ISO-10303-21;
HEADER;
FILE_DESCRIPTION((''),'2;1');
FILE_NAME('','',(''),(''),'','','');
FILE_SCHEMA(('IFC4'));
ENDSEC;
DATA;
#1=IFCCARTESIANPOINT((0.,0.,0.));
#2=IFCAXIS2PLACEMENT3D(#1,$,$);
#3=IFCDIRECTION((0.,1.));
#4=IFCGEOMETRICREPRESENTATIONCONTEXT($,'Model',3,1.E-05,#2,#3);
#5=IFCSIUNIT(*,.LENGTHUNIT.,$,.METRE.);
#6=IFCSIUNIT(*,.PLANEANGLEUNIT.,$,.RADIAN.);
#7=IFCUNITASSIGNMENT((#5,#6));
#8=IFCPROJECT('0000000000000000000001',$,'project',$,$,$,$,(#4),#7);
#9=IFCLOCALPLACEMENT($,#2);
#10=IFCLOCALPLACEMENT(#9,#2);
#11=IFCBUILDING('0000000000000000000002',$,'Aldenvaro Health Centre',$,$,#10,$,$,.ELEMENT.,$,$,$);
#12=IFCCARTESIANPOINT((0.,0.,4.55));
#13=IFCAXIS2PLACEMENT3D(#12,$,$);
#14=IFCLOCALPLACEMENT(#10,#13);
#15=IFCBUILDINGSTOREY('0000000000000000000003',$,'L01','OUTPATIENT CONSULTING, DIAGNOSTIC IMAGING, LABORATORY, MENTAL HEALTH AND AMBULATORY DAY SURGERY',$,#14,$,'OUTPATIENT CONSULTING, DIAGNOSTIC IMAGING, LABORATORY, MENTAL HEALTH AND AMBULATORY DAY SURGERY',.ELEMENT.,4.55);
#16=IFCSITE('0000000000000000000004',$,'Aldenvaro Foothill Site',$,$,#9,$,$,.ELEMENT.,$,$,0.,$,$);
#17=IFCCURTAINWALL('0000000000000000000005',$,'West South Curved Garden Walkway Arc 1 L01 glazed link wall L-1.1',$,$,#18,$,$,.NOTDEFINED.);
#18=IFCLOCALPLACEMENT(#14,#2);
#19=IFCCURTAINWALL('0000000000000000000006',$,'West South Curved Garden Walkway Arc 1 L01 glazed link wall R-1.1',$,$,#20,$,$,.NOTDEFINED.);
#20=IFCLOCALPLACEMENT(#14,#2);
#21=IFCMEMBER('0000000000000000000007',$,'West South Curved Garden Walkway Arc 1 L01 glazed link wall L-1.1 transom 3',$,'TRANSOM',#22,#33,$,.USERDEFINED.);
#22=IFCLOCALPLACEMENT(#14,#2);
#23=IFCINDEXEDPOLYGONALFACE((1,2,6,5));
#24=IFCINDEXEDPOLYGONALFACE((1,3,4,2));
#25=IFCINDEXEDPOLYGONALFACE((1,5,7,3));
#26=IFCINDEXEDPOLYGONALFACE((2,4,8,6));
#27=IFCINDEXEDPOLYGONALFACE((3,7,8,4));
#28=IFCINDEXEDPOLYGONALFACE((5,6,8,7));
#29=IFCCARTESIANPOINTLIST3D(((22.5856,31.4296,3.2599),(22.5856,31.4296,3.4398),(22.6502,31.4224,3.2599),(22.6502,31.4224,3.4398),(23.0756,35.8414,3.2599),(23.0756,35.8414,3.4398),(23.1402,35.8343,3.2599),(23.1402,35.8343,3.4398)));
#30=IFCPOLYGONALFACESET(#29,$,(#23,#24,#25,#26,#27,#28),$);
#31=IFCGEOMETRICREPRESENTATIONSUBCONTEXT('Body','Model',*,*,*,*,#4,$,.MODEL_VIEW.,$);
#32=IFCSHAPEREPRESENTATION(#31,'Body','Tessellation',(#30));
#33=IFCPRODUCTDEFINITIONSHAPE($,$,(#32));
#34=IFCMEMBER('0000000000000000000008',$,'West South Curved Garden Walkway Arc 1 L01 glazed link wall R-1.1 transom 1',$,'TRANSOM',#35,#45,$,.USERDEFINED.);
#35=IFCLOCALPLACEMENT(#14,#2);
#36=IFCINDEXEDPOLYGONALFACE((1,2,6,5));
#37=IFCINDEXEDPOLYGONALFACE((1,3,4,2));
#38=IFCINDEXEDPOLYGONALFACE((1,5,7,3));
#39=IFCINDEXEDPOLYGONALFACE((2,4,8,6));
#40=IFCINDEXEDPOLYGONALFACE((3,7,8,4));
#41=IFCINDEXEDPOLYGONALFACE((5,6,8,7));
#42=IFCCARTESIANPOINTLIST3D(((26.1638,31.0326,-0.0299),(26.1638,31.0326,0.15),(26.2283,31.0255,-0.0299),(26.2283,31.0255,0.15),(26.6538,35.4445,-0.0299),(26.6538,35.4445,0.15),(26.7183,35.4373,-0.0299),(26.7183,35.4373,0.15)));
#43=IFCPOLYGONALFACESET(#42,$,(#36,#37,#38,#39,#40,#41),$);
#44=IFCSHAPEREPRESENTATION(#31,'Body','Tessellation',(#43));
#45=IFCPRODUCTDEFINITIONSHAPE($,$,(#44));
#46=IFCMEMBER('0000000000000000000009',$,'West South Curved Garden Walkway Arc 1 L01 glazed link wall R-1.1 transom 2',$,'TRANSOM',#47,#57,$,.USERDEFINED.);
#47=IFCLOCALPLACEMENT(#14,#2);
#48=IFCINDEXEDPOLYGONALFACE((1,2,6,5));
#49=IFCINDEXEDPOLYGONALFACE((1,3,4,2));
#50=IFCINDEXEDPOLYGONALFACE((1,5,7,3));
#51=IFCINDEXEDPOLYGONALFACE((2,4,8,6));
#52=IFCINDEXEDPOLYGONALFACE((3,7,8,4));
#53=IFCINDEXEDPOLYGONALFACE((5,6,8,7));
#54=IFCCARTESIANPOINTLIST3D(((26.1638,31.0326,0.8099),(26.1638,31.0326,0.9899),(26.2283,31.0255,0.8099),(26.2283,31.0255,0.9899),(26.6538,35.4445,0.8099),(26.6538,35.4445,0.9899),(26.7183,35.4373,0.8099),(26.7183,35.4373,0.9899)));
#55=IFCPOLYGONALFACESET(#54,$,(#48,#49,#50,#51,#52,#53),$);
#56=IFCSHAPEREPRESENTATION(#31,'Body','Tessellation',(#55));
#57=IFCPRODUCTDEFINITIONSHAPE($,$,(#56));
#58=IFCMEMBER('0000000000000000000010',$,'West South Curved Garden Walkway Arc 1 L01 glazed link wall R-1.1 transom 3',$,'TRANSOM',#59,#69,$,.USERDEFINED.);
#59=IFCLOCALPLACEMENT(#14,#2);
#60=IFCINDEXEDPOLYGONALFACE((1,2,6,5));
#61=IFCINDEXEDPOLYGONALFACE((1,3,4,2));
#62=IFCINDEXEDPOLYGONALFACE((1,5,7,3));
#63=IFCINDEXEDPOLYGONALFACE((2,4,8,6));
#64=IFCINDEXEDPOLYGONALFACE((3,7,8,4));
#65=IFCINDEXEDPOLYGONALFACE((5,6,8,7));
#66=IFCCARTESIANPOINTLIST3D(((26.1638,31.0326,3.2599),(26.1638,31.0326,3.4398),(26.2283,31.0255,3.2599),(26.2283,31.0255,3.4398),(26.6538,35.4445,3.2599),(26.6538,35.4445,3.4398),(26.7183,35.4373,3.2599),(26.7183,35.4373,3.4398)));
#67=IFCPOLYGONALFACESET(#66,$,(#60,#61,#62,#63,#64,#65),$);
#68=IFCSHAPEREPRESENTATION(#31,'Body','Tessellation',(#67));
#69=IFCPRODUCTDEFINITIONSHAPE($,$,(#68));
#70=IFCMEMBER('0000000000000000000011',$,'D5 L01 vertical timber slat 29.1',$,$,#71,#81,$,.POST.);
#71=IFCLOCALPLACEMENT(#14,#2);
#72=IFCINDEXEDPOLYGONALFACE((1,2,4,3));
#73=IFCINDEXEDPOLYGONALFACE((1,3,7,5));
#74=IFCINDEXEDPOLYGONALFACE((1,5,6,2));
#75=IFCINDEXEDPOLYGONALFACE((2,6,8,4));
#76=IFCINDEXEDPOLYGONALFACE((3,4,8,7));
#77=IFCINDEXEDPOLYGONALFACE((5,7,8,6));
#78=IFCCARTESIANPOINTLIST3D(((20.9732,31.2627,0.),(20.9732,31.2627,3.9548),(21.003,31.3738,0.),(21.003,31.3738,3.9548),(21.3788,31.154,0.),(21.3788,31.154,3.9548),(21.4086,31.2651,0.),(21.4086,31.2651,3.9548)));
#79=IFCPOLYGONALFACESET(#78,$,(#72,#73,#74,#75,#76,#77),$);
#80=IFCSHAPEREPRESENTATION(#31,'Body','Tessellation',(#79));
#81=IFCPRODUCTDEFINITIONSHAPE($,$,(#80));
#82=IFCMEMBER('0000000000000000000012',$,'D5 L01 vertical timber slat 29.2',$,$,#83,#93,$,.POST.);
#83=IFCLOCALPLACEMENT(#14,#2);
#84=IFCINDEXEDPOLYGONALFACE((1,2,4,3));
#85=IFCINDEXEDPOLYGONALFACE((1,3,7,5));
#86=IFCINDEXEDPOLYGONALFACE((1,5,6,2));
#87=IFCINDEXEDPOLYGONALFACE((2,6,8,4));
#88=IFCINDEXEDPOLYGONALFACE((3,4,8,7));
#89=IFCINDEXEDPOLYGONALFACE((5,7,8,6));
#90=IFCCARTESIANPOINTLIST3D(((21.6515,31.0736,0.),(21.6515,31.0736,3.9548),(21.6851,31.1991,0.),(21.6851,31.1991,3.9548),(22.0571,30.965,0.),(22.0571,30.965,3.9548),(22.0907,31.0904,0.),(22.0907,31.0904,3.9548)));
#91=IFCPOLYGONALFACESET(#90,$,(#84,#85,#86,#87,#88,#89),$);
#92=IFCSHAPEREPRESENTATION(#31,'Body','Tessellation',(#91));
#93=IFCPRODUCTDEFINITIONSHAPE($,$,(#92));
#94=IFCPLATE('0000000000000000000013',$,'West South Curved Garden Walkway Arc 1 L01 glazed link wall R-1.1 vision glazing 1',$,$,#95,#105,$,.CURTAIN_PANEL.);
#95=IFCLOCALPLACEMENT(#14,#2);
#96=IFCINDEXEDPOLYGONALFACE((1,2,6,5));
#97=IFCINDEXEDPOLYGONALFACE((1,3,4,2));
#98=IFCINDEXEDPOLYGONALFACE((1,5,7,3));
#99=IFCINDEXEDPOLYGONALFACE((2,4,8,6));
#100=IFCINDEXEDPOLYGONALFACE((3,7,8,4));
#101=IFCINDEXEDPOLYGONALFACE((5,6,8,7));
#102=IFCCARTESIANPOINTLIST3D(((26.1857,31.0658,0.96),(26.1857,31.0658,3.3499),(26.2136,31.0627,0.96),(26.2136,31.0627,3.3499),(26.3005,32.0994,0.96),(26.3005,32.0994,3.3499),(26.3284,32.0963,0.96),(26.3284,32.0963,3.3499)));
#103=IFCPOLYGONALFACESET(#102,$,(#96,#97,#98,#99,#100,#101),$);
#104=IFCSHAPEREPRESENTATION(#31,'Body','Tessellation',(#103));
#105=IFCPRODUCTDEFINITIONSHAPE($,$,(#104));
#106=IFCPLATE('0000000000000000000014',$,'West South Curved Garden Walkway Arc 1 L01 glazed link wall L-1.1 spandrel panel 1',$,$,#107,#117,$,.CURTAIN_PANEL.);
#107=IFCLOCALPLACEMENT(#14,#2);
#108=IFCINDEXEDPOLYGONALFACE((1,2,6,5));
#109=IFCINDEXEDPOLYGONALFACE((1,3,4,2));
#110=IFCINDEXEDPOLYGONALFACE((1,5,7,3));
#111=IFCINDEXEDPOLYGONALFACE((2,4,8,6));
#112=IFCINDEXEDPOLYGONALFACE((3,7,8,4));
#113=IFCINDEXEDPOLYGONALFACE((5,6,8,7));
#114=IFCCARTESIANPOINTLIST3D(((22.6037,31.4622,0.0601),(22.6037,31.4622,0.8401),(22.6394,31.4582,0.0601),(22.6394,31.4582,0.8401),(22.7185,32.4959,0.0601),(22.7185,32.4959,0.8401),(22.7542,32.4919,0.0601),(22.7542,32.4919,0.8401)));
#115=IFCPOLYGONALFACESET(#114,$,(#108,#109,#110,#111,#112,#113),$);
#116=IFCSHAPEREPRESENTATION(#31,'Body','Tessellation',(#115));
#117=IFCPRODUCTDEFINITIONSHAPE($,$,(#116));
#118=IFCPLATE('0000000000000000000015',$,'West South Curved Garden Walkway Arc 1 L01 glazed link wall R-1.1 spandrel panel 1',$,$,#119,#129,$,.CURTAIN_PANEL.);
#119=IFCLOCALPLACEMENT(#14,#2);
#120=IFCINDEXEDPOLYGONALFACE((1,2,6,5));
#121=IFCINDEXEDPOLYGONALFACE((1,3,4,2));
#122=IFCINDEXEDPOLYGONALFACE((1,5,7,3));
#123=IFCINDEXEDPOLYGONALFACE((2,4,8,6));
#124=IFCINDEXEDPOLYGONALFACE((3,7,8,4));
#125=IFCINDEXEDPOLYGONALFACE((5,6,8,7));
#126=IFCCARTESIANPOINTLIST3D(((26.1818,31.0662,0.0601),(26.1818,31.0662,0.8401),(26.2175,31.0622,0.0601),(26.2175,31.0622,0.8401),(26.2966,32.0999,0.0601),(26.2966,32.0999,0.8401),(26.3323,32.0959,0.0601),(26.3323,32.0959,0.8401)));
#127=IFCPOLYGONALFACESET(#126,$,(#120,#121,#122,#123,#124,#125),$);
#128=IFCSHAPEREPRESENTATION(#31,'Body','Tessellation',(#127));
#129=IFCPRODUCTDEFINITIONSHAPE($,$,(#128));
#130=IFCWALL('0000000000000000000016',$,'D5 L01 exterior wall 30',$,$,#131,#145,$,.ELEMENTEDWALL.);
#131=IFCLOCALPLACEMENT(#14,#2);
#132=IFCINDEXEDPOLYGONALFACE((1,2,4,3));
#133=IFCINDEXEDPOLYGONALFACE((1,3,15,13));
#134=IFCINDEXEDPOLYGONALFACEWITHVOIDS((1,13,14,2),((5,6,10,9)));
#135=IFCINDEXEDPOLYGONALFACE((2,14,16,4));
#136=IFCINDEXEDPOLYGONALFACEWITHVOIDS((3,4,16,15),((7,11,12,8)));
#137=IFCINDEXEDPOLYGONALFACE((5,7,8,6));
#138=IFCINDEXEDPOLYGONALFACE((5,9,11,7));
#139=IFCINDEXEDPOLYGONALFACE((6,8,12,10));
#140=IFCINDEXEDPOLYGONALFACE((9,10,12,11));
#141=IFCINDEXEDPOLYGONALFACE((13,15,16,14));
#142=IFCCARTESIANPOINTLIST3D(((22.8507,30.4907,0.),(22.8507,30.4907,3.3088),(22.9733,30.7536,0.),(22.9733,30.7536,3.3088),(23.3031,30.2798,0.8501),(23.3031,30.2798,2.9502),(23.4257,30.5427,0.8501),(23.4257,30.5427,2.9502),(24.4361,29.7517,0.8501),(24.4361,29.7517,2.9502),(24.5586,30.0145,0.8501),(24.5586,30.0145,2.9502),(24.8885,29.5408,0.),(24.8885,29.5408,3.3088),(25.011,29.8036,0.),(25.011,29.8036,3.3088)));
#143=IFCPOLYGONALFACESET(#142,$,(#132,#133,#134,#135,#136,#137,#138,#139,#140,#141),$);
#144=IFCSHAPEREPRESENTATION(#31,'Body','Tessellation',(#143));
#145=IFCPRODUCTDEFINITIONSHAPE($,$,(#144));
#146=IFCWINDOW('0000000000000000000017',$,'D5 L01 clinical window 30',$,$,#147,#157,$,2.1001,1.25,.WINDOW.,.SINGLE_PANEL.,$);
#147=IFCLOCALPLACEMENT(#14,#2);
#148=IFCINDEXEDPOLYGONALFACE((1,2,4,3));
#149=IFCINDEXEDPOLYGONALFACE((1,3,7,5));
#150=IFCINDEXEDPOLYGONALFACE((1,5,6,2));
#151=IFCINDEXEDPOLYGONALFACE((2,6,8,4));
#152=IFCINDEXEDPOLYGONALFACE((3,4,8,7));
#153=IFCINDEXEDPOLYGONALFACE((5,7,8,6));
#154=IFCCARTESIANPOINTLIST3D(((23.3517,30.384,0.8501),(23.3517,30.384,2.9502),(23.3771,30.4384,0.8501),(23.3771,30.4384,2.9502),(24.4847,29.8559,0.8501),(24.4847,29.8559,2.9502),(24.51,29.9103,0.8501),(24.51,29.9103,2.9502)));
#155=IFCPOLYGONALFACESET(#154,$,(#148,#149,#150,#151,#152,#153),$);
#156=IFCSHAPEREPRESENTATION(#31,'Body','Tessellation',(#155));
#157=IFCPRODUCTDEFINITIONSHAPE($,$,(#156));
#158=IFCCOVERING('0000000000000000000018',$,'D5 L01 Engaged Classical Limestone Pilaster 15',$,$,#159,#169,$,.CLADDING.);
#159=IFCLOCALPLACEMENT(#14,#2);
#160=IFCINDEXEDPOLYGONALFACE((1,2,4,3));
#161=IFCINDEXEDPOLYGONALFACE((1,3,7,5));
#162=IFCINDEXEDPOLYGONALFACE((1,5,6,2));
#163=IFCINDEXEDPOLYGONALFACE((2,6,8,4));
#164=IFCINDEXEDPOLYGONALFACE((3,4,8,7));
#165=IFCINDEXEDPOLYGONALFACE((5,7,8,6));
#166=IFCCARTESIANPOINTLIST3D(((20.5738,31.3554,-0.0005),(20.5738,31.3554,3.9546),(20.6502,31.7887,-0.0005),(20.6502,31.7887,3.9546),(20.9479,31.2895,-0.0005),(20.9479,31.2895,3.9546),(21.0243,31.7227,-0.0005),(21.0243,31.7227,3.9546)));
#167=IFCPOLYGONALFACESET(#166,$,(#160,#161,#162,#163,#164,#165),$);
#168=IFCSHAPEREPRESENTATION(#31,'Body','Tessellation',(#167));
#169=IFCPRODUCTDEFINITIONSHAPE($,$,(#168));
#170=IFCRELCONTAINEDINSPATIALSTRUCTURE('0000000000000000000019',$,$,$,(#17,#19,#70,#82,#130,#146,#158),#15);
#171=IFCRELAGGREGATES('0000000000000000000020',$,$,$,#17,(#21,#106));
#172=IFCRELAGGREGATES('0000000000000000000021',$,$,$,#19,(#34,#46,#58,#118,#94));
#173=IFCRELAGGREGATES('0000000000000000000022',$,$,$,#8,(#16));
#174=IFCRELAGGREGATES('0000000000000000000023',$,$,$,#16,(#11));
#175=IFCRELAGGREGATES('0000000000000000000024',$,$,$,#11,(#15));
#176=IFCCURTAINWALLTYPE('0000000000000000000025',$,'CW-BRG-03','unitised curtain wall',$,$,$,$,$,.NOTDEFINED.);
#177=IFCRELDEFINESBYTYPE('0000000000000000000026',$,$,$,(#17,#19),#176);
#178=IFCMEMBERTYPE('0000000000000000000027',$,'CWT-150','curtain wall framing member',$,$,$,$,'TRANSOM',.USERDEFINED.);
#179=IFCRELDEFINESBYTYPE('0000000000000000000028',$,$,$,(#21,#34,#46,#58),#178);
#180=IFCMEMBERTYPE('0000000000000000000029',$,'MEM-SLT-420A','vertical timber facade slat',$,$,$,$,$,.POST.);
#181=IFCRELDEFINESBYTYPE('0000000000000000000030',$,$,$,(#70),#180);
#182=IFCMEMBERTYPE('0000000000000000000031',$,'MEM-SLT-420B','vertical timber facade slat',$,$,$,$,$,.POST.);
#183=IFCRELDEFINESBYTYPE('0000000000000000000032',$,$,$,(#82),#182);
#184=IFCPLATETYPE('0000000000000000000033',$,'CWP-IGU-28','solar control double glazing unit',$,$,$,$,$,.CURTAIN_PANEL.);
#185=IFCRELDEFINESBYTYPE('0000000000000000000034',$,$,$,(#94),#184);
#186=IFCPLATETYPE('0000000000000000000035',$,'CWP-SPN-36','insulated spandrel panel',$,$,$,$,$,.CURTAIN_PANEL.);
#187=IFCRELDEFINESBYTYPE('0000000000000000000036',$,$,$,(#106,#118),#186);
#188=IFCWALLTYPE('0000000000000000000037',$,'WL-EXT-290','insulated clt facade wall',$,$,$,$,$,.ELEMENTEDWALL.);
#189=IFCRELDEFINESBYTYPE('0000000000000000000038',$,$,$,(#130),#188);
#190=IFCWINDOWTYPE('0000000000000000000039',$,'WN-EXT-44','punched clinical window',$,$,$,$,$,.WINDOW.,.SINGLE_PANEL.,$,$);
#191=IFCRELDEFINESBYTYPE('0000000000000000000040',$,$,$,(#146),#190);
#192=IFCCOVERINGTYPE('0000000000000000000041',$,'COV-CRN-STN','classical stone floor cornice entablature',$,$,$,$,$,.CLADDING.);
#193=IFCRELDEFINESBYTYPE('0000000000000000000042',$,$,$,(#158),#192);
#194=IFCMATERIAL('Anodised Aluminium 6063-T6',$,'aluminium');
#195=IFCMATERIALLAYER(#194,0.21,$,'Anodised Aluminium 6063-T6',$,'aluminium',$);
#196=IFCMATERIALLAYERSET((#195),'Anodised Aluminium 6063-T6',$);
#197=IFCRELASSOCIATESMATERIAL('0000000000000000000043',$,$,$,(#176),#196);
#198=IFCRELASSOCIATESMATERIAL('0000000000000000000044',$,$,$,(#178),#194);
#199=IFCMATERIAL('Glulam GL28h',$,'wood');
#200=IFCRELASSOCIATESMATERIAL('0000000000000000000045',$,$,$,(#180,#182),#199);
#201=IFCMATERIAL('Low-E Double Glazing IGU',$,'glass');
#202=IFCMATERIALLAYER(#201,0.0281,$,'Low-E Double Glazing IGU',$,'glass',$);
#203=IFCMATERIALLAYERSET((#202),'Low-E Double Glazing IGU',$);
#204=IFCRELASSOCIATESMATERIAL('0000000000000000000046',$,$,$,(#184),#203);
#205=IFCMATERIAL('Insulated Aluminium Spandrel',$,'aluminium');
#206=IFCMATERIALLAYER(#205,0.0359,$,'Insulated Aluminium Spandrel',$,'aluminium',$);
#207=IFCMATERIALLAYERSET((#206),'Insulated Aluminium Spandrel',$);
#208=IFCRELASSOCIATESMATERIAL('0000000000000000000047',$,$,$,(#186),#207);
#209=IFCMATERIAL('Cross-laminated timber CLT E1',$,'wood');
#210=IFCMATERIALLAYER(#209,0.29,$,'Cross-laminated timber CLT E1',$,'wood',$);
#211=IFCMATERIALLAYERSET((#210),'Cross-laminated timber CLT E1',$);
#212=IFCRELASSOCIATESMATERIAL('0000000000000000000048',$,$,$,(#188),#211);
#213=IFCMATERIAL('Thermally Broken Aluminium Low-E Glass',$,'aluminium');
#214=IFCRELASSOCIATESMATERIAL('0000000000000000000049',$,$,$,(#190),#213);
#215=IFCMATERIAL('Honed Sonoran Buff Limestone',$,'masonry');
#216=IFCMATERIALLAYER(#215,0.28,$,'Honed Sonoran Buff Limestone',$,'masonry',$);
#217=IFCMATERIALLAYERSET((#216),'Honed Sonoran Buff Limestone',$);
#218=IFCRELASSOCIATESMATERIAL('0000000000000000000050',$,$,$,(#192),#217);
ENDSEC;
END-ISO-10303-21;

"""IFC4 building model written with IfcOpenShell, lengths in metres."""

from ifc_helpers import new_model, si_unit, direction, frame, frame_2d, origin, origin_2d, place, context, subcontext, project, spatial, rectangle, extrude, material, layer, layer_set, material_profile, profile_set, type_object, element, fill, aggregate, save


model = new_model("IFC4")

# Units and contexts
model_context = context("Model", 3, precision=1e-05, world=origin(), true_north=direction((0.0, 1.0)))
body_context = subcontext(model_context, "Body", "Model", "MODEL_VIEW")
ifc_project = project(units=[si_unit("LENGTHUNIT", "METRE"), si_unit("PLANEANGLEUNIT", "RADIAN")], contexts=[model_context])

# Site, building, storey
site_placement = place(None, origin())
site = spatial("IfcSite", under=ifc_project, at=site_placement, Name="Aldenvaro Foothill Site", CompositionType="ELEMENT", RefElevation=0.0)
building_placement = place(site_placement, origin())
building = spatial("IfcBuilding", under=site, at=building_placement, Name="Aldenvaro Health Centre", CompositionType="ELEMENT")
storey_placement = place(building_placement, frame((0.0, 0.0, 4.55)))
storey = spatial("IfcBuildingStorey", under=building, at=storey_placement, Name="L01", Description="OUTPATIENT CONSULTING, DIAGNOSTIC IMAGING, LABORATORY, MENTAL HEALTH AND AMBULATORY DAY SURGERY", LongName="OUTPATIENT CONSULTING, DIAGNOSTIC IMAGING, LABORATORY, MENTAL HEALTH AND AMBULATORY DAY SURGERY", CompositionType="ELEMENT", Elevation=4.55)

# Shared definitions
ifc_material_1 = material(Name="Glulam GL28h", Category="wood")

# Curtain walls
ifc_material_2 = material(Name="Anodised Aluminium 6063-T6", Category="aluminium")
ifc_layer_1 = layer(ifc_material_2, 0.21, Name="Anodised Aluminium 6063-T6", Category="aluminium")
ifc_layer_set_1 = layer_set([ifc_layer_1], Name="Anodised Aluminium 6063-T6")
curtain_wall_type_1 = type_object("IfcCurtainWallType", Name="CW-BRG-03", Description="unitised curtain wall", PredefinedType="NOTDEFINED", material=ifc_layer_set_1)
curtain_wall_1_placement = place(storey_placement, origin())
curtain_wall_1 = element("IfcCurtainWall", 1, at=curtain_wall_1_placement, inside=storey, type_object=curtain_wall_type_1, Name="West South Curved Garden Walkway Arc 1 L01 glazed link wall L-1.1", PredefinedType="NOTDEFINED")
curtain_wall_2_placement = place(storey_placement, origin())
curtain_wall_2 = element("IfcCurtainWall", 2, at=curtain_wall_2_placement, inside=storey, type_object=curtain_wall_type_1, Name="West South Curved Garden Walkway Arc 1 L01 glazed link wall R-1.1", PredefinedType="NOTDEFINED")

# Shared definitions
ifc_material_profile_1 = material_profile(ifc_material_2, rectangle(XDim=0.0649, YDim=0.1799, at=origin_2d()), Name="ALU 65x180", Category="aluminium")
ifc_profile_set_1 = profile_set([ifc_material_profile_1], Name="Anodised Aluminium 6063-T6")
member_type_1 = type_object("IfcMemberType", Name="CWT-150", Description="curtain wall framing member", ElementType="TRANSOM", PredefinedType="USERDEFINED", material=ifc_profile_set_1)

# Members
member_1_placement = place(storey_placement, frame((22.6179, 31.426, 3.3499), z_axis=(0.110383, 0.993889, 0.0), x_axis=(-0.993889, 0.110383, 0.0)))
member_1 = element("IfcMember", 3, at=member_1_placement, type_object=member_type_1, Name="West South Curved Garden Walkway Arc 1 L01 glazed link wall L-1.1 transom 3", ObjectType="TRANSOM", PredefinedType="USERDEFINED", context=body_context, shape_type="SweptSolid", body=[
    extrude(rectangle(XDim=0.0649, YDim=0.1799, at=origin_2d()), origin(), (0.0, 0.0, 1.0), 4.439),
])
member_2_placement = place(storey_placement, frame((26.196, 31.0291, 0.0601), z_axis=(0.110383, 0.993889, 0.0), x_axis=(-0.993889, 0.110383, 0.0)))
member_2 = element("IfcMember", 4, at=member_2_placement, type_object=member_type_1, Name="West South Curved Garden Walkway Arc 1 L01 glazed link wall R-1.1 transom 1", ObjectType="TRANSOM", PredefinedType="USERDEFINED", context=body_context, shape_type="SweptSolid", body=[
    extrude(rectangle(XDim=0.0649, YDim=0.1799, at=origin_2d()), origin(), (0.0, 0.0, 1.0), 4.439),
])
member_3_placement = place(storey_placement, frame((26.196, 31.0291, 0.8999), z_axis=(0.110383, 0.993889, 0.0), x_axis=(-0.993889, 0.110383, 0.0)))
member_3 = element("IfcMember", 5, at=member_3_placement, type_object=member_type_1, Name="West South Curved Garden Walkway Arc 1 L01 glazed link wall R-1.1 transom 2", ObjectType="TRANSOM", PredefinedType="USERDEFINED", context=body_context, shape_type="SweptSolid", body=[
    extrude(rectangle(XDim=0.0649, YDim=0.1799, at=origin_2d()), origin(), (0.0, 0.0, 1.0), 4.439),
])
member_4_placement = place(storey_placement, frame((26.196, 31.0291, 3.3499), z_axis=(0.110383, 0.993889, 0.0), x_axis=(-0.993889, 0.110383, 0.0)))
member_4 = element("IfcMember", 6, at=member_4_placement, type_object=member_type_1, Name="West South Curved Garden Walkway Arc 1 L01 glazed link wall R-1.1 transom 3", ObjectType="TRANSOM", PredefinedType="USERDEFINED", context=body_context, shape_type="SweptSolid", body=[
    extrude(rectangle(XDim=0.0649, YDim=0.1799, at=origin_2d()), origin(), (0.0, 0.0, 1.0), 4.439),
])

# Members
ifc_material_profile_2 = material_profile(ifc_material_1, rectangle(XDim=0.115, YDim=0.4199, at=origin_2d()), Name="GL 115x420", Category="wood")
ifc_profile_set_2 = profile_set([ifc_material_profile_2], Name="Glulam GL28h")
member_type_2 = type_object("IfcMemberType", Name="MEM-SLT-420A", Description="vertical timber facade slat", PredefinedType="POST", material=ifc_profile_set_2)
member_5_placement = place(storey_placement, frame((21.1909, 31.2639, 0.0), z_axis=(0.0, 0.0, 1.0), x_axis=(0.258825, 0.965924, 0.0)))
element("IfcMember", 7, at=member_5_placement, inside=storey, type_object=member_type_2, Name="D5 L01 vertical timber slat 29.1", PredefinedType="POST", context=body_context, shape_type="SweptSolid", body=[
    extrude(rectangle(XDim=0.115, YDim=0.4199, at=origin_2d()), origin(), (0.0, 0.0, 1.0), 3.9548),
])
ifc_material_profile_3 = material_profile(ifc_material_1, rectangle(XDim=0.1299, YDim=0.4199, at=origin_2d()), Name="GL 130x420", Category="wood")
ifc_profile_set_3 = profile_set([ifc_material_profile_3], Name="Glulam GL28h")
member_type_3 = type_object("IfcMemberType", Name="MEM-SLT-420B", Description="vertical timber facade slat", PredefinedType="POST", material=ifc_profile_set_3)
member_6_placement = place(storey_placement, frame((21.8711, 31.082, 0.0), z_axis=(0.0, 0.0, 1.0), x_axis=(0.258825, 0.965924, 0.0)))
element("IfcMember", 8, at=member_6_placement, inside=storey, type_object=member_type_3, Name="D5 L01 vertical timber slat 29.2", PredefinedType="POST", context=body_context, shape_type="SweptSolid", body=[
    extrude(rectangle(XDim=0.1299, YDim=0.4199, at=origin_2d()), origin(), (0.0, 0.0, 1.0), 3.9548),
])

# Plates
ifc_material_3 = material(Name="Low-E Double Glazing IGU", Category="glass")
ifc_layer_2 = layer(ifc_material_3, 0.0281, Name="Low-E Double Glazing IGU", Category="glass")
ifc_layer_set_2 = layer_set([ifc_layer_2], Name="Low-E Double Glazing IGU")
plate_type_1 = type_object("IfcPlateType", Name="CWP-IGU-28", Description="solar control double glazing unit", PredefinedType="CURTAIN_PANEL", material=ifc_layer_set_2)
plate_1_placement = place(storey_placement, frame((26.2571, 31.5811, 0.96), z_axis=(0.0, 0.0, 1.0), x_axis=(0.110382, 0.993889, 0.0)))
plate_1 = element("IfcPlate", 9, at=plate_1_placement, type_object=plate_type_1, Name="West South Curved Garden Walkway Arc 1 L01 glazed link wall R-1.1 vision glazing 1", PredefinedType="CURTAIN_PANEL", context=body_context, shape_type="SweptSolid", body=[
    extrude(rectangle(XDim=1.04, YDim=0.0281, at=origin_2d()), origin(), (0.0, 0.0, 1.0), 2.3899),
])
ifc_material_4 = material(Name="Insulated Aluminium Spandrel", Category="aluminium")
ifc_layer_3 = layer(ifc_material_4, 0.0359, Name="Insulated Aluminium Spandrel", Category="aluminium")
ifc_layer_set_3 = layer_set([ifc_layer_3], Name="Insulated Aluminium Spandrel")
plate_type_2 = type_object("IfcPlateType", Name="CWP-SPN-36", Description="insulated spandrel panel", PredefinedType="CURTAIN_PANEL", material=ifc_layer_set_3)
plate_2_placement = place(storey_placement, frame((22.679, 31.9771, 0.0601), z_axis=(0.0, 0.0, 1.0), x_axis=(0.110382, 0.993889, 0.0)))
plate_2 = element("IfcPlate", 10, at=plate_2_placement, type_object=plate_type_2, Name="West South Curved Garden Walkway Arc 1 L01 glazed link wall L-1.1 spandrel panel 1", PredefinedType="CURTAIN_PANEL", context=body_context, shape_type="SweptSolid", body=[
    extrude(rectangle(XDim=1.04, YDim=0.0359, at=origin_2d()), origin(), (0.0, 0.0, 1.0), 0.78),
])
aggregate(curtain_wall_1, [member_1, plate_2])
plate_3_placement = place(storey_placement, frame((26.2571, 31.5811, 0.0601), z_axis=(0.0, 0.0, 1.0), x_axis=(0.110382, 0.993889, 0.0)))
plate_3 = element("IfcPlate", 11, at=plate_3_placement, type_object=plate_type_2, Name="West South Curved Garden Walkway Arc 1 L01 glazed link wall R-1.1 spandrel panel 1", PredefinedType="CURTAIN_PANEL", context=body_context, shape_type="SweptSolid", body=[
    extrude(rectangle(XDim=1.04, YDim=0.0359, at=origin_2d()), origin(), (0.0, 0.0, 1.0), 0.78),
])
aggregate(curtain_wall_2, [member_2, member_3, member_4, plate_3, plate_1])

# Wall, opening, window
ifc_material_5 = material(Name="Cross-laminated timber CLT E1", Category="wood")
ifc_layer_4 = layer(ifc_material_5, 0.29, Name="Cross-laminated timber CLT E1", Category="wood")
ifc_layer_set_4 = layer_set([ifc_layer_4], Name="Cross-laminated timber CLT E1")
wall_type = type_object("IfcWallType", Name="WL-EXT-290", Description="insulated clt facade wall", PredefinedType="ELEMENTEDWALL", material=ifc_layer_set_4)
wall_placement = place(storey_placement, frame((22.9121, 30.6221, 0.0), z_axis=(0.0, 0.0, 1.0), x_axis=(0.906361, -0.422505, 0.0)))
wall = element("IfcWall", 12, at=wall_placement, inside=storey, type_object=wall_type, Name="D5 L01 exterior wall 30", PredefinedType="ELEMENTEDWALL", context=body_context, shape_type="SweptSolid", body=[
    extrude(rectangle(XDim=2.2483, YDim=0.29, at=frame_2d((1.124, 0.0))), origin(), (0.0, 0.0, 1.0), 3.3088),
])
opening_placement = place(wall_placement, frame((0.499, 0.0, 0.8501)))
opening = element("IfcOpeningElement", 13, at=opening_placement, cuts=wall, PredefinedType="OPENING", context=body_context, shape_type="SweptSolid", body=[
    extrude(rectangle(XDim=1.25, YDim=2.1001, at=frame_2d((0.625, 1.05))), frame((0.0, 0.155, 0.0), z_axis=(0.0, -1.0, 0.0), x_axis=(1.0, 0.0, 0.0)), (0.0, 0.0, 1.0), 0.3101),
])
ifc_material_6 = material(Name="Thermally Broken Aluminium Low-E Glass", Category="aluminium")
window_type = type_object("IfcWindowType", Name="WN-EXT-44", Description="punched clinical window", PartitioningType="SINGLE_PANEL", PredefinedType="WINDOW", material=ifc_material_6)
window_placement = place(opening_placement, origin())
window = element("IfcWindow", 14, at=window_placement, inside=storey, type_object=window_type, Name="D5 L01 clinical window 30", OverallHeight=2.1001, OverallWidth=1.25, PartitioningType="SINGLE_PANEL", PredefinedType="WINDOW", context=body_context, shape_type="SweptSolid", body=[
    extrude(rectangle(XDim=1.25, YDim=2.1001, at=frame_2d((0.625, 1.05))), frame((0.0, 0.03, 0.0), z_axis=(0.0, -1.0, 0.0), x_axis=(1.0, 0.0, 0.0)), (0.0, 0.0, 1.0), 0.0601),
])
fill(opening, window)

# Covering
ifc_material_7 = material(Name="Honed Sonoran Buff Limestone", Category="masonry")
ifc_layer_5 = layer(ifc_material_7, 0.28, Name="Honed Sonoran Buff Limestone", Category="masonry")
ifc_layer_set_5 = layer_set([ifc_layer_5], Name="Honed Sonoran Buff Limestone")
covering_type = type_object("IfcCoveringType", Name="COV-CRN-STN", Description="classical stone floor cornice entablature", PredefinedType="CLADDING", material=ifc_layer_set_5)
covering_placement = place(storey_placement, frame((20.7991, 31.5391, -0.0005), z_axis=(0.0, 0.0, 1.0), x_axis=(0.173644, 0.984809, 0.0)))
element("IfcCovering", 15, at=covering_placement, inside=storey, type_object=covering_type, Name="D5 L01 Engaged Classical Limestone Pilaster 15", PredefinedType="CLADDING", context=body_context, shape_type="SweptSolid", body=[
    extrude(rectangle(XDim=0.4399, YDim=0.3799, at=origin_2d()), origin(), (0.0, 0.0, 1.0), 3.9551),
])

save(model, "model.ifc")
